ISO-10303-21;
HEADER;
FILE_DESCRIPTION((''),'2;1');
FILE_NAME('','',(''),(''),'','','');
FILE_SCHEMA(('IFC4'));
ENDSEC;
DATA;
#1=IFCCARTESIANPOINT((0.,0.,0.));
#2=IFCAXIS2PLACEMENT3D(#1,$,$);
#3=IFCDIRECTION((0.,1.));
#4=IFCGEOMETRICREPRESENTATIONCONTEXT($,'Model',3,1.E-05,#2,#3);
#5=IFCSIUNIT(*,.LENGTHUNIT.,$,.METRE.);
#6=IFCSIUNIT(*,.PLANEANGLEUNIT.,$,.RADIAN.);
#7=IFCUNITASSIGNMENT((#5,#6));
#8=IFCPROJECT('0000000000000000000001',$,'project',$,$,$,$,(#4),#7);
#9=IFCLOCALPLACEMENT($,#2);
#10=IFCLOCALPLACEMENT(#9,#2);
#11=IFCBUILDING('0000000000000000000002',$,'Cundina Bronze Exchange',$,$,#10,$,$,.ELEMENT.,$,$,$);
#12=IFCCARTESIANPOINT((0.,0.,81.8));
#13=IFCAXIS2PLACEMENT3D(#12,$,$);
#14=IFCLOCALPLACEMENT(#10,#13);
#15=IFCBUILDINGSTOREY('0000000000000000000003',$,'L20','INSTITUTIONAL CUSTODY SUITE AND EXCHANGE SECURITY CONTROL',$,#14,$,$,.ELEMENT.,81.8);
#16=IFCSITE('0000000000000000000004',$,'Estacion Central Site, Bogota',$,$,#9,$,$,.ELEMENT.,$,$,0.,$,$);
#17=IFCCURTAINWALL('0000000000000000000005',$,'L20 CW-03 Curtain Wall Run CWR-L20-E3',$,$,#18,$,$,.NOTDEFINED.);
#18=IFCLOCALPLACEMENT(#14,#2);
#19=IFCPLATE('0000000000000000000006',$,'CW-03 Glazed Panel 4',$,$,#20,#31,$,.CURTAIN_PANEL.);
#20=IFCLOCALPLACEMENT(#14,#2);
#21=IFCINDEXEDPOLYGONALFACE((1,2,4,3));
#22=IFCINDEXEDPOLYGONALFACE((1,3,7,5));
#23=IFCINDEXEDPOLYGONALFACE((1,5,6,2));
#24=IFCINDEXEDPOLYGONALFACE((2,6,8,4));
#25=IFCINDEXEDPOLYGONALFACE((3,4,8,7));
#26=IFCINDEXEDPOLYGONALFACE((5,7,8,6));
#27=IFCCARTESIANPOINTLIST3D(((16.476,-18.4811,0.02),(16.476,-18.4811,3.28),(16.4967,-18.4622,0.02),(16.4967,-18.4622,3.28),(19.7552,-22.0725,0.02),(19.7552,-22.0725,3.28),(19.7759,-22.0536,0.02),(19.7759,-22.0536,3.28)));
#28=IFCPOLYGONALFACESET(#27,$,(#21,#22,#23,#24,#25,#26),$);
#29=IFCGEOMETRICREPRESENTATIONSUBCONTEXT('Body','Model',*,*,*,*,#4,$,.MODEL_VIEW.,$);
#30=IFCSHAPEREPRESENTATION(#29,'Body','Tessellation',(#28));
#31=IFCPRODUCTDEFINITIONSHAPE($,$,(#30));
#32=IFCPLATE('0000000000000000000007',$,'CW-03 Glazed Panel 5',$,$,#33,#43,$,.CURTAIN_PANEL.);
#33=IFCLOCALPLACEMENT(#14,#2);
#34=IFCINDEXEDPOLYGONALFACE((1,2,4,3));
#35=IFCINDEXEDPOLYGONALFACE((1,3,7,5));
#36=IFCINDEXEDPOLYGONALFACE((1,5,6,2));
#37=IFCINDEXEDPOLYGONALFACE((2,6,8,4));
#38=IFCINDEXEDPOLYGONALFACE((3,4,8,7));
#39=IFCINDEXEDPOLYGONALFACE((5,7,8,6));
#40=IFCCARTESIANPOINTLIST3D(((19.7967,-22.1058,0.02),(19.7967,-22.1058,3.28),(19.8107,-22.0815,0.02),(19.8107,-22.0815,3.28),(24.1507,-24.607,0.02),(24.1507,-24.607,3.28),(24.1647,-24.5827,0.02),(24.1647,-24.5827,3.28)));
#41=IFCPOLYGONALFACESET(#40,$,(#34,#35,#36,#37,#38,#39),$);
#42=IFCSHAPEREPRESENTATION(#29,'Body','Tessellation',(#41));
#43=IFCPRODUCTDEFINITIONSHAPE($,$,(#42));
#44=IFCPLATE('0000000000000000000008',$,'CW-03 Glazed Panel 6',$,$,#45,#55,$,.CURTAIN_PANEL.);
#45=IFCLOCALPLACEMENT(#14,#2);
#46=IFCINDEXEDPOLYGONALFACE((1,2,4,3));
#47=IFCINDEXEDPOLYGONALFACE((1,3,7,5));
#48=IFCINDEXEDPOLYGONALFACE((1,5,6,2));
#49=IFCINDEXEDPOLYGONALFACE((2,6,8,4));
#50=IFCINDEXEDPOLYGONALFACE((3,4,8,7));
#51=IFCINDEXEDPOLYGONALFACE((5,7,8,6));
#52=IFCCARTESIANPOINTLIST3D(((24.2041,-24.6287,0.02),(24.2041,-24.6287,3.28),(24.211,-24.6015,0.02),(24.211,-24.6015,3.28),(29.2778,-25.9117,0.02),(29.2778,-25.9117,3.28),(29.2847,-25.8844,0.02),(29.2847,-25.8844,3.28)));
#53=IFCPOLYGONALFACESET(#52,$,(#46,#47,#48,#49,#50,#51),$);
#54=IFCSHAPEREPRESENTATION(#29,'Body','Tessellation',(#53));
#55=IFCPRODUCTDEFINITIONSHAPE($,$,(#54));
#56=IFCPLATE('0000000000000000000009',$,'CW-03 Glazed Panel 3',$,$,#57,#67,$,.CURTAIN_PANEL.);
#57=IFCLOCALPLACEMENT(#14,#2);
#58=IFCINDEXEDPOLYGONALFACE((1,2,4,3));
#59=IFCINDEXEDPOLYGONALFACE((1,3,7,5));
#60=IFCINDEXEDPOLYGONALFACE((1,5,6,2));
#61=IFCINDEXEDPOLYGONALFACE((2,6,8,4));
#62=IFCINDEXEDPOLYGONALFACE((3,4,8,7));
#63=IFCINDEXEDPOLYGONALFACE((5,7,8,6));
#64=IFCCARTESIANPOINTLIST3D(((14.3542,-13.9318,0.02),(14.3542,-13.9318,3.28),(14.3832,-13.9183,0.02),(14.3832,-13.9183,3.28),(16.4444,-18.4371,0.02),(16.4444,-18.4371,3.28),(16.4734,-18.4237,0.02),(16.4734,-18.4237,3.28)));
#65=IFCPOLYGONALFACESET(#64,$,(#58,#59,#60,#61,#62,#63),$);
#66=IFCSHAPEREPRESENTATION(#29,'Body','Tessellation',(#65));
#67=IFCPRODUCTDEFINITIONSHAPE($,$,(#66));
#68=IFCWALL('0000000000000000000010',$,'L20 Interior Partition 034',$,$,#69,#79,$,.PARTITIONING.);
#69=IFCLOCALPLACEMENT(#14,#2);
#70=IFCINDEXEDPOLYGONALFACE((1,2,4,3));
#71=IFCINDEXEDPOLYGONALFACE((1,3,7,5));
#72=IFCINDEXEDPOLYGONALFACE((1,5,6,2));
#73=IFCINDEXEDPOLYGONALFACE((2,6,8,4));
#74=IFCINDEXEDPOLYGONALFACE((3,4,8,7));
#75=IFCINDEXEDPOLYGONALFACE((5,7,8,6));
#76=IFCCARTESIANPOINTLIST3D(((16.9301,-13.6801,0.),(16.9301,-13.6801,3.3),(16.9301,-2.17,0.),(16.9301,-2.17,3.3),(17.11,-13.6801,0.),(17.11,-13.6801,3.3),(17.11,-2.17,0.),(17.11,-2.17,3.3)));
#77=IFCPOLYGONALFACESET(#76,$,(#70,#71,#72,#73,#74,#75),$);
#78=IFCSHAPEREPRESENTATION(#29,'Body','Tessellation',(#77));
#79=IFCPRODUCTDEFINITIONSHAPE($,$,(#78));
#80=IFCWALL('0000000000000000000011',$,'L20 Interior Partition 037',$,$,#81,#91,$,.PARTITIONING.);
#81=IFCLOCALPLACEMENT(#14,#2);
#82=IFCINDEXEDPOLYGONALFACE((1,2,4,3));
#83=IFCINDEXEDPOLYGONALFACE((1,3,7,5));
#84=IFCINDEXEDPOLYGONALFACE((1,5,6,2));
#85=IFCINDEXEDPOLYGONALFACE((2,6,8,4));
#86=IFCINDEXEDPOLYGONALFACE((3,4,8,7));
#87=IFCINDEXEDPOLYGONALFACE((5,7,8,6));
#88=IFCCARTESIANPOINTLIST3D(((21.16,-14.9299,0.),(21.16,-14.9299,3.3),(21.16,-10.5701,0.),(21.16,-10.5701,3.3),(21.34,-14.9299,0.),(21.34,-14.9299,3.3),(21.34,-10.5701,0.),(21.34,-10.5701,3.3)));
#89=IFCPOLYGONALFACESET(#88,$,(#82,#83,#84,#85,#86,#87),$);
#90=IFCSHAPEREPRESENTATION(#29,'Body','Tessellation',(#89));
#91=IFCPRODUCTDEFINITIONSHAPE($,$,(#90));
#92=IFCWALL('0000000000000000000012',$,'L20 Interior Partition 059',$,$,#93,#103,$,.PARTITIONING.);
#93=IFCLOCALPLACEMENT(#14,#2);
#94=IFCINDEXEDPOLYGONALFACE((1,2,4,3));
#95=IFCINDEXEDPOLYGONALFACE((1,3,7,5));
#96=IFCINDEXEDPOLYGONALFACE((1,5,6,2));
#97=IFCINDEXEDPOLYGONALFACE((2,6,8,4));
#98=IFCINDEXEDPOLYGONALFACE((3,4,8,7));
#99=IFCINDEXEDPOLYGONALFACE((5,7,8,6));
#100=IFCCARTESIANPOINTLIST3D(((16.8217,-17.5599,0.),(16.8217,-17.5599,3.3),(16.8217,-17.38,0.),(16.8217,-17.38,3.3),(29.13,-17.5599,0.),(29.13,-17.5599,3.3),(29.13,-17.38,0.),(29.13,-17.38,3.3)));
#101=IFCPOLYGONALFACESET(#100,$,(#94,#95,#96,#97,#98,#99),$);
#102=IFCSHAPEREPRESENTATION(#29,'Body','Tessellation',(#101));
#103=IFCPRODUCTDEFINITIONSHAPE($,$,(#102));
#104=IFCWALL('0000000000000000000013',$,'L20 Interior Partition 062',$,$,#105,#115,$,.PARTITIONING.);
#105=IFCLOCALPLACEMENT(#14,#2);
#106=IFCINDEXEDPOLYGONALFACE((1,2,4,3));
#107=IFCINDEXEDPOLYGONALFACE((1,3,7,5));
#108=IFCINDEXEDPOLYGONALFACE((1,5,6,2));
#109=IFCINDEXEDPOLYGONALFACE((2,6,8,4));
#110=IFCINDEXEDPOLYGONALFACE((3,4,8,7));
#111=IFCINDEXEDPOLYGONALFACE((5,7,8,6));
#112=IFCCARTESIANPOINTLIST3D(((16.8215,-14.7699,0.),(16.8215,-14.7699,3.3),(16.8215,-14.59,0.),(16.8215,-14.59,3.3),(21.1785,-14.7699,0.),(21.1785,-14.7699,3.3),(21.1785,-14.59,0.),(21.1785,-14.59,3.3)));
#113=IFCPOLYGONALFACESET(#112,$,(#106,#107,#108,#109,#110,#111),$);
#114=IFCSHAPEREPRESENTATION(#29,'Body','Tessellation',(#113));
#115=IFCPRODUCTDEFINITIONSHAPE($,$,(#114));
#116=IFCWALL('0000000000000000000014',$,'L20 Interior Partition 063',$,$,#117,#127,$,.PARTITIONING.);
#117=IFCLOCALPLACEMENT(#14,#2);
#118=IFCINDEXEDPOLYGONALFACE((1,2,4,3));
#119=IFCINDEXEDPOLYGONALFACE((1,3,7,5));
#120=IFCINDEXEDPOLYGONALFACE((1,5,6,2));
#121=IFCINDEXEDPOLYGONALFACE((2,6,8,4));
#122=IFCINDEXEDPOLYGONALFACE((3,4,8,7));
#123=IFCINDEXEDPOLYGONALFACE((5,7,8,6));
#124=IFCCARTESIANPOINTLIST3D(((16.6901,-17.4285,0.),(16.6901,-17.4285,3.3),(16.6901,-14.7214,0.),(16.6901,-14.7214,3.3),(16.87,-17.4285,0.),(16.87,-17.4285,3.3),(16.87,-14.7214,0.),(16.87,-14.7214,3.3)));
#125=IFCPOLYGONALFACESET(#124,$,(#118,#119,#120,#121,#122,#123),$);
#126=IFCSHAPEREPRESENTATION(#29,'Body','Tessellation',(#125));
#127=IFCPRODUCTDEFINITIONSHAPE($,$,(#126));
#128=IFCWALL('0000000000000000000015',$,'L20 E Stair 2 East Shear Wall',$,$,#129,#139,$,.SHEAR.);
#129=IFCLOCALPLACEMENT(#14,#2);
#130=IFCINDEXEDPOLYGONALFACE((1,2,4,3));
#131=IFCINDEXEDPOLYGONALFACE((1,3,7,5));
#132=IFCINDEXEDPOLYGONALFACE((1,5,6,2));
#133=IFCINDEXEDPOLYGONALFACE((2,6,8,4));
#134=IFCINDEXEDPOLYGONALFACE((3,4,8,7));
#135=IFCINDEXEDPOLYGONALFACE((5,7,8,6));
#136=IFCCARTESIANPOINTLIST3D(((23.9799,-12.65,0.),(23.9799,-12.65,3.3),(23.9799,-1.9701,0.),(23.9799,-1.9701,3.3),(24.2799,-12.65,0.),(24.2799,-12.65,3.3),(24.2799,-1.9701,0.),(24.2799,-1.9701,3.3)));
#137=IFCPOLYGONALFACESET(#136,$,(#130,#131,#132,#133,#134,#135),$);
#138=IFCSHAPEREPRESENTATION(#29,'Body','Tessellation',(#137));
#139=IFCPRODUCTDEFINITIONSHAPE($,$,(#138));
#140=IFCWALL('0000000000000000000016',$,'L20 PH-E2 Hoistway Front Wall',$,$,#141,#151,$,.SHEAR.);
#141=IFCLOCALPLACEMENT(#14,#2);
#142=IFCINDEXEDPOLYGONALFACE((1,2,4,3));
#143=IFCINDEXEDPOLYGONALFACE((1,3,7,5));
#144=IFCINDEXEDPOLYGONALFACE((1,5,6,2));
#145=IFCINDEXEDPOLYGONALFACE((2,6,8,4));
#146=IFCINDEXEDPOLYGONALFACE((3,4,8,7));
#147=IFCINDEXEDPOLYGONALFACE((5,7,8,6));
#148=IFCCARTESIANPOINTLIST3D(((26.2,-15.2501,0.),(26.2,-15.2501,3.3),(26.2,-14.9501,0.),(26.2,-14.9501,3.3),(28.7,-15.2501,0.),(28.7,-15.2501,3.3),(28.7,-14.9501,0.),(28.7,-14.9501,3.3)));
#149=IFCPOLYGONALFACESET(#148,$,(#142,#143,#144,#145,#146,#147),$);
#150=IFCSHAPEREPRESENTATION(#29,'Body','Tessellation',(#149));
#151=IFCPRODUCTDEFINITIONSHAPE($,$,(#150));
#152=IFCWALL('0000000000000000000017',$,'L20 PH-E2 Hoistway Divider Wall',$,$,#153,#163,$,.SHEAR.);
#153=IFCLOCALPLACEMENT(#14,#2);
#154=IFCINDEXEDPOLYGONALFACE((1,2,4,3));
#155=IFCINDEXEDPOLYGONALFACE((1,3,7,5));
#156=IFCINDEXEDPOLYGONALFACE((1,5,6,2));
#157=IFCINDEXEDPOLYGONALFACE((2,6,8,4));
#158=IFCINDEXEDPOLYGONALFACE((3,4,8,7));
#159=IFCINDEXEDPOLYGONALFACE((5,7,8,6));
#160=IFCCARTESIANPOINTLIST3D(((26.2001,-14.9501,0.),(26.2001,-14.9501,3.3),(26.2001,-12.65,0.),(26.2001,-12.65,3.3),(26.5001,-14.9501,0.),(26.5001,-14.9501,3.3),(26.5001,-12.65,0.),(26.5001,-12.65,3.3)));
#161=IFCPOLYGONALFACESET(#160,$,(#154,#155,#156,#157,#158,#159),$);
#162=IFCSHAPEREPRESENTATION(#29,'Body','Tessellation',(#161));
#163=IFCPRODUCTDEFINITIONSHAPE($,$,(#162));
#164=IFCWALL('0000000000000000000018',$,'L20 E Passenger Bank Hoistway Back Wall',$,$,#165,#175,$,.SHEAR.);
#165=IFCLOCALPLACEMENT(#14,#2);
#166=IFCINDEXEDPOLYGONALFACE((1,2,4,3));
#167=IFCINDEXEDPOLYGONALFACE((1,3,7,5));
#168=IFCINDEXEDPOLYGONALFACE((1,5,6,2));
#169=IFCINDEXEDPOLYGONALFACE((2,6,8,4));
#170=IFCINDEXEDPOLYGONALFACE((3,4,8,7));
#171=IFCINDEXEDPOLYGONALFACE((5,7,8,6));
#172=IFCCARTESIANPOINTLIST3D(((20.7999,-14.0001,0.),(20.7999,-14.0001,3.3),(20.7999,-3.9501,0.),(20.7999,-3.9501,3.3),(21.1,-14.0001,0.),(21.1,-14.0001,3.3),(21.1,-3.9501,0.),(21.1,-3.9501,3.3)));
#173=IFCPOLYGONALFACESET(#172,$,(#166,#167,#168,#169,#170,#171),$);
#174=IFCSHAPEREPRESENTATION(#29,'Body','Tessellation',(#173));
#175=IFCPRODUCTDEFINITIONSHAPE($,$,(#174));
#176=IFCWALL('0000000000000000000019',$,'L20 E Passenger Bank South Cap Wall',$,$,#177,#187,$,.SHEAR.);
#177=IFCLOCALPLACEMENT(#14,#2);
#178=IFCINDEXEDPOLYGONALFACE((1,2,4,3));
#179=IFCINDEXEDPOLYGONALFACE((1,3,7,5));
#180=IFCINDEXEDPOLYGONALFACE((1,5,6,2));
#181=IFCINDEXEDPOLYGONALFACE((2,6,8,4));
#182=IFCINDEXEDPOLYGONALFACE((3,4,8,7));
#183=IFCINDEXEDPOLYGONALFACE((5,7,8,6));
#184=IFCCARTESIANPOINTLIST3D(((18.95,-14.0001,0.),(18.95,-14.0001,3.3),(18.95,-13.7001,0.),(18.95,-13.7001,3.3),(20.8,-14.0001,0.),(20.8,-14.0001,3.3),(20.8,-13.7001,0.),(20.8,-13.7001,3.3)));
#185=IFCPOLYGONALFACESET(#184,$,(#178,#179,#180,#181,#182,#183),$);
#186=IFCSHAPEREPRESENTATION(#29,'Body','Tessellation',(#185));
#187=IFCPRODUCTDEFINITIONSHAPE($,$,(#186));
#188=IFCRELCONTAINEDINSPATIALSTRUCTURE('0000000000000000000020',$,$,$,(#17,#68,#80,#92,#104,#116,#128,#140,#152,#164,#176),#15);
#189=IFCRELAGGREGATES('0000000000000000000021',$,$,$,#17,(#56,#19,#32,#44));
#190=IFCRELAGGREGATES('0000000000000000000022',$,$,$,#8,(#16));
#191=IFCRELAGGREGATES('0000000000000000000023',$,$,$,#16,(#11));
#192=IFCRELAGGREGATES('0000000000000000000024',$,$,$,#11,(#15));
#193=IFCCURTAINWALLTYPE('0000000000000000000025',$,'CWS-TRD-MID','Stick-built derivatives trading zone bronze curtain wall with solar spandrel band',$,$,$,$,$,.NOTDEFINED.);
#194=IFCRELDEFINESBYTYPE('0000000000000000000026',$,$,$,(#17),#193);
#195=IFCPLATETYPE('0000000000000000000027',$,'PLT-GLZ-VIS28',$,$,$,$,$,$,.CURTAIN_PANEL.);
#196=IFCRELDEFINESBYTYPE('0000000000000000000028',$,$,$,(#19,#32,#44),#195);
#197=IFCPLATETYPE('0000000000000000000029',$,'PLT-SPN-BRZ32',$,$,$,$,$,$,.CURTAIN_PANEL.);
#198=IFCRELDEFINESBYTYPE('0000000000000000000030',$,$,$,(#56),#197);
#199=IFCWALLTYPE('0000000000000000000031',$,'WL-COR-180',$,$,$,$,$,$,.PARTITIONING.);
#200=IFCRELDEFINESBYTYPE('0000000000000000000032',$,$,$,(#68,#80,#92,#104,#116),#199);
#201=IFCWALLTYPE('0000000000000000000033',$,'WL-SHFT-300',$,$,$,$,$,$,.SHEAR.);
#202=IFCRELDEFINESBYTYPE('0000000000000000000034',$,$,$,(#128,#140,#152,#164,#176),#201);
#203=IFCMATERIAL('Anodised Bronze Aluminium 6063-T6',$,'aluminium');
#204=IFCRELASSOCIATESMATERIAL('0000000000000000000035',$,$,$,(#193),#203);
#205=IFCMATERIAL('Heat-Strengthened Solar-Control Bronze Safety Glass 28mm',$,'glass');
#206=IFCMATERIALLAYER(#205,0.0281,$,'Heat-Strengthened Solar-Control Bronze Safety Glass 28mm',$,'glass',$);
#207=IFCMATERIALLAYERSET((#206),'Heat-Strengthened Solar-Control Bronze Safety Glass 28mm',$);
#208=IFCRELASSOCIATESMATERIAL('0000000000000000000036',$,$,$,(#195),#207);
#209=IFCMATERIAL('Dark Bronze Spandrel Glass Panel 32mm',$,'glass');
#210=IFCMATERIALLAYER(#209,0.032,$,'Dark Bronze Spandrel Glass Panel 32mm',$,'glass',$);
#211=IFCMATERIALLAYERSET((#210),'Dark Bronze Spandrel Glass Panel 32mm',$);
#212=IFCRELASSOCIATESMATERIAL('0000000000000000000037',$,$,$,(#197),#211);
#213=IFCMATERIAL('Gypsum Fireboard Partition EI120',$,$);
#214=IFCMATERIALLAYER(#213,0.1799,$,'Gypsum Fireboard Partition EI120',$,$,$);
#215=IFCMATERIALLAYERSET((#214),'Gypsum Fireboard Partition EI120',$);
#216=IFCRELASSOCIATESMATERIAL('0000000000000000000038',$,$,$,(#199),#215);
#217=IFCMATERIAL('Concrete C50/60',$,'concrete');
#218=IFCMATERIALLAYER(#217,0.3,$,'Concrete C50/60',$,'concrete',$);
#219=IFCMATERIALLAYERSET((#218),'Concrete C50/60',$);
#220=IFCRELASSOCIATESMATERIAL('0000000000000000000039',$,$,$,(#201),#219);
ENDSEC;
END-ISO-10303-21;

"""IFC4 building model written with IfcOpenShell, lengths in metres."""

from ifc_helpers import new_model, si_unit, direction, frame, frame_2d, origin, origin_2d, place, context, subcontext, project, spatial, rectangle, extrude, material, layer, layer_set, type_object, element, aggregate, save


model = new_model("IFC4")

# Units and contexts
model_context = context("Model", 3, precision=1e-05, world=origin(), true_north=direction((0.0, 1.0)))
body_context = subcontext(model_context, "Body", "Model", "MODEL_VIEW")
ifc_project = project(units=[si_unit("LENGTHUNIT", "METRE"), si_unit("PLANEANGLEUNIT", "RADIAN")], contexts=[model_context])

# Site, building, storey
site_placement = place(None, origin())
site = spatial("IfcSite", under=ifc_project, at=site_placement, Name="Estacion Central Site, Bogota", CompositionType="ELEMENT", RefElevation=0.0)
building_placement = place(site_placement, origin())
building = spatial("IfcBuilding", under=site, at=building_placement, Name="Cundina Bronze Exchange", CompositionType="ELEMENT")
storey_placement = place(building_placement, frame((0.0, 0.0, 81.8)))
storey = spatial("IfcBuildingStorey", under=building, at=storey_placement, Name="L20", Description="INSTITUTIONAL CUSTODY SUITE AND EXCHANGE SECURITY CONTROL", CompositionType="ELEMENT", Elevation=81.8)

# Curtain wall, plates
ifc_material_1 = material(Name="Anodised Bronze Aluminium 6063-T6", Category="aluminium")
curtain_wall_type = type_object("IfcCurtainWallType", Name="CWS-TRD-MID", Description="Stick-built derivatives trading zone bronze curtain wall with solar spandrel band", PredefinedType="NOTDEFINED", material=ifc_material_1)
curtain_wall_placement = place(storey_placement, origin())
curtain_wall = element("IfcCurtainWall", 1, at=curtain_wall_placement, inside=storey, type_object=curtain_wall_type, Name="L20 CW-03 Curtain Wall Run CWR-L20-E3", PredefinedType="NOTDEFINED")
ifc_material_2 = material(Name="Heat-Strengthened Solar-Control Bronze Safety Glass 28mm", Category="glass")
ifc_layer_1 = layer(ifc_material_2, 0.0281, Name="Heat-Strengthened Solar-Control Bronze Safety Glass 28mm", Category="glass")
ifc_layer_set_1 = layer_set([ifc_layer_1], Name="Heat-Strengthened Solar-Control Bronze Safety Glass 28mm")
plate_type_1 = type_object("IfcPlateType", Name="PLT-GLZ-VIS28", PredefinedType="CURTAIN_PANEL", material=ifc_layer_set_1)
plate_1_placement = place(storey_placement, frame((18.126, -20.2673, 0.02), z_axis=(0.0, 0.0, 1.0), x_axis=(0.674277, -0.738479, 0.0)))
plate_1 = element("IfcPlate", 2, at=plate_1_placement, type_object=plate_type_1, Name="CW-03 Glazed Panel 4", PredefinedType="CURTAIN_PANEL", context=body_context, shape_type="SweptSolid", body=[
    extrude(rectangle(XDim=4.8633, YDim=0.0281, at=origin_2d()), origin(), (0.0, 0.0, 1.0), 3.26),
])
plate_2_placement = place(storey_placement, frame((21.9807, -23.3442, 0.02), z_axis=(0.0, 0.0, 1.0), x_axis=(0.867105, -0.498125, 0.0)))
plate_2 = element("IfcPlate", 3, at=plate_2_placement, type_object=plate_type_1, Name="CW-03 Glazed Panel 5", PredefinedType="CURTAIN_PANEL", context=body_context, shape_type="SweptSolid", body=[
    extrude(rectangle(XDim=5.0212, YDim=0.0281, at=origin_2d()), origin(), (0.0, 0.0, 1.0), 3.26),
])
plate_3_placement = place(storey_placement, frame((26.7444, -25.2566, 0.02), z_axis=(0.0, 0.0, 1.0), x_axis=(0.969488, -0.245138, 0.0)))
plate_3 = element("IfcPlate", 4, at=plate_3_placement, type_object=plate_type_1, Name="CW-03 Glazed Panel 6", PredefinedType="CURTAIN_PANEL", context=body_context, shape_type="SweptSolid", body=[
    extrude(rectangle(XDim=5.2334, YDim=0.0281, at=origin_2d()), origin(), (0.0, 0.0, 1.0), 3.26),
])
ifc_material_3 = material(Name="Dark Bronze Spandrel Glass Panel 32mm", Category="glass")
ifc_layer_2 = layer(ifc_material_3, 0.032, Name="Dark Bronze Spandrel Glass Panel 32mm", Category="glass")
ifc_layer_set_2 = layer_set([ifc_layer_2], Name="Dark Bronze Spandrel Glass Panel 32mm")
plate_type_2 = type_object("IfcPlateType", Name="PLT-SPN-BRZ32", PredefinedType="CURTAIN_PANEL", material=ifc_layer_set_2)
plate_4_placement = place(storey_placement, frame((15.4138, -16.1777, 0.02), z_axis=(0.0, 0.0, 1.0), x_axis=(0.420846, -0.907132, 0.0)))
plate_4 = element("IfcPlate", 5, at=plate_4_placement, type_object=plate_type_2, Name="CW-03 Glazed Panel 3", PredefinedType="CURTAIN_PANEL", context=body_context, shape_type="SweptSolid", body=[
    extrude(rectangle(XDim=4.9666, YDim=0.032, at=origin_2d()), origin(), (0.0, 0.0, 1.0), 3.26),
])
aggregate(curtain_wall, [plate_4, plate_1, plate_2, plate_3])

# Walls
ifc_material_4 = material(Name="Gypsum Fireboard Partition EI120")
ifc_layer_3 = layer(ifc_material_4, 0.1799, Name="Gypsum Fireboard Partition EI120")
ifc_layer_set_3 = layer_set([ifc_layer_3], Name="Gypsum Fireboard Partition EI120")
wall_type_1 = type_object("IfcWallType", Name="WL-COR-180", PredefinedType="PARTITIONING", material=ifc_layer_set_3)
wall_1_placement = place(storey_placement, frame((17.02, -13.6799, 0.0), z_axis=(0.0, 0.0, 1.0), x_axis=(0.0, 1.0, 0.0)))
element("IfcWall", 6, at=wall_1_placement, inside=storey, type_object=wall_type_1, Name="L20 Interior Partition 034", PredefinedType="PARTITIONING", context=body_context, shape_type="SweptSolid", body=[
    extrude(rectangle(XDim=11.51, YDim=0.1799, at=frame_2d((5.7549, 0.0))), origin(), (0.0, 0.0, 1.0), 3.3),
])
wall_2_placement = place(storey_placement, frame((21.25, -14.9299, 0.0), z_axis=(0.0, 0.0, 1.0), x_axis=(0.0, 1.0, 0.0)))
element("IfcWall", 7, at=wall_2_placement, inside=storey, type_object=wall_type_1, Name="L20 Interior Partition 037", PredefinedType="PARTITIONING", context=body_context, shape_type="SweptSolid", body=[
    extrude(rectangle(XDim=4.3599, YDim=0.1799, at=frame_2d((2.1799, 0.0))), origin(), (0.0, 0.0, 1.0), 3.3),
])
wall_3_placement = place(storey_placement, frame((16.8215, -17.47, 0.0), z_axis=(0.0, 0.0, 1.0), x_axis=(1.0, 0.0, 0.0)))
element("IfcWall", 8, at=wall_3_placement, inside=storey, type_object=wall_type_1, Name="L20 Interior Partition 059", PredefinedType="PARTITIONING", context=body_context, shape_type="SweptSolid", body=[
    extrude(rectangle(XDim=12.3083, YDim=0.1799, at=frame_2d((6.1543, 0.0))), origin(), (0.0, 0.0, 1.0), 3.3),
])
wall_4_placement = place(storey_placement, frame((21.1785, -14.6799, 0.0), z_axis=(0.0, 0.0, 1.0), x_axis=(-1.0, 0.0, 0.0)))
element("IfcWall", 9, at=wall_4_placement, inside=storey, type_object=wall_type_1, Name="L20 Interior Partition 062", PredefinedType="PARTITIONING", context=body_context, shape_type="SweptSolid", body=[
    extrude(rectangle(XDim=4.3569, YDim=0.1799, at=frame_2d((2.1785, 0.0))), origin(), (0.0, 0.0, 1.0), 3.3),
])
wall_5_placement = place(storey_placement, frame((16.78, -14.7214, 0.0), z_axis=(0.0, 0.0, 1.0), x_axis=(0.0, -1.0, 0.0)))
element("IfcWall", 10, at=wall_5_placement, inside=storey, type_object=wall_type_1, Name="L20 Interior Partition 063", PredefinedType="PARTITIONING", context=body_context, shape_type="SweptSolid", body=[
    extrude(rectangle(XDim=2.707, YDim=0.1799, at=frame_2d((1.3535, 0.0))), origin(), (0.0, 0.0, 1.0), 3.3),
])
ifc_material_5 = material(Name="Concrete C50/60", Category="concrete")
ifc_layer_4 = layer(ifc_material_5, 0.3, Name="Concrete C50/60", Category="concrete")
ifc_layer_set_4 = layer_set([ifc_layer_4], Name="Concrete C50/60")
wall_type_2 = type_object("IfcWallType", Name="WL-SHFT-300", PredefinedType="SHEAR", material=ifc_layer_set_4)
wall_6_placement = place(storey_placement, frame((24.1299, -12.6499, 0.0), z_axis=(0.0, 0.0, 1.0), x_axis=(0.0, 1.0, 0.0)))
element("IfcWall", 11, at=wall_6_placement, inside=storey, type_object=wall_type_2, Name="L20 E Stair 2 East Shear Wall", PredefinedType="SHEAR", context=body_context, shape_type="SweptSolid", body=[
    extrude(rectangle(XDim=10.6799, YDim=0.3, at=frame_2d((5.3398, 0.0))), origin(), (0.0, 0.0, 1.0), 3.3),
])
wall_7_placement = place(storey_placement, frame((26.2, -15.1001, 0.0), z_axis=(0.0, 0.0, 1.0), x_axis=(1.0, 0.0, 0.0)))
element("IfcWall", 12, at=wall_7_placement, inside=storey, type_object=wall_type_2, Name="L20 PH-E2 Hoistway Front Wall", PredefinedType="SHEAR", context=body_context, shape_type="SweptSolid", body=[
    extrude(rectangle(XDim=2.5, YDim=0.3, at=frame_2d((1.25, 0.0))), origin(), (0.0, 0.0, 1.0), 3.3),
])
wall_8_placement = place(storey_placement, frame((26.3501, -14.95, 0.0), z_axis=(0.0, 0.0, 1.0), x_axis=(0.0, 1.0, 0.0)))
element("IfcWall", 13, at=wall_8_placement, inside=storey, type_object=wall_type_2, Name="L20 PH-E2 Hoistway Divider Wall", PredefinedType="SHEAR", context=body_context, shape_type="SweptSolid", body=[
    extrude(rectangle(XDim=2.3, YDim=0.3, at=frame_2d((1.1499, 0.0))), origin(), (0.0, 0.0, 1.0), 3.3),
])
wall_9_placement = place(storey_placement, frame((20.95, -14.0, 0.0), z_axis=(0.0, 0.0, 1.0), x_axis=(0.0, 1.0, 0.0)))
element("IfcWall", 14, at=wall_9_placement, inside=storey, type_object=wall_type_2, Name="L20 E Passenger Bank Hoistway Back Wall", PredefinedType="SHEAR", context=body_context, shape_type="SweptSolid", body=[
    extrude(rectangle(XDim=10.05, YDim=0.3, at=frame_2d((5.0249, 0.0))), origin(), (0.0, 0.0, 1.0), 3.3),
])
wall_10_placement = place(storey_placement, frame((18.95, -13.8501, 0.0), z_axis=(0.0, 0.0, 1.0), x_axis=(1.0, 0.0, 0.0)))
element("IfcWall", 15, at=wall_10_placement, inside=storey, type_object=wall_type_2, Name="L20 E Passenger Bank South Cap Wall", PredefinedType="SHEAR", context=body_context, shape_type="SweptSolid", body=[
    extrude(rectangle(XDim=1.8501, YDim=0.3, at=frame_2d((0.925, 0.0))), origin(), (0.0, 0.0, 1.0), 3.3),
])

save(model, "model.ifc")
